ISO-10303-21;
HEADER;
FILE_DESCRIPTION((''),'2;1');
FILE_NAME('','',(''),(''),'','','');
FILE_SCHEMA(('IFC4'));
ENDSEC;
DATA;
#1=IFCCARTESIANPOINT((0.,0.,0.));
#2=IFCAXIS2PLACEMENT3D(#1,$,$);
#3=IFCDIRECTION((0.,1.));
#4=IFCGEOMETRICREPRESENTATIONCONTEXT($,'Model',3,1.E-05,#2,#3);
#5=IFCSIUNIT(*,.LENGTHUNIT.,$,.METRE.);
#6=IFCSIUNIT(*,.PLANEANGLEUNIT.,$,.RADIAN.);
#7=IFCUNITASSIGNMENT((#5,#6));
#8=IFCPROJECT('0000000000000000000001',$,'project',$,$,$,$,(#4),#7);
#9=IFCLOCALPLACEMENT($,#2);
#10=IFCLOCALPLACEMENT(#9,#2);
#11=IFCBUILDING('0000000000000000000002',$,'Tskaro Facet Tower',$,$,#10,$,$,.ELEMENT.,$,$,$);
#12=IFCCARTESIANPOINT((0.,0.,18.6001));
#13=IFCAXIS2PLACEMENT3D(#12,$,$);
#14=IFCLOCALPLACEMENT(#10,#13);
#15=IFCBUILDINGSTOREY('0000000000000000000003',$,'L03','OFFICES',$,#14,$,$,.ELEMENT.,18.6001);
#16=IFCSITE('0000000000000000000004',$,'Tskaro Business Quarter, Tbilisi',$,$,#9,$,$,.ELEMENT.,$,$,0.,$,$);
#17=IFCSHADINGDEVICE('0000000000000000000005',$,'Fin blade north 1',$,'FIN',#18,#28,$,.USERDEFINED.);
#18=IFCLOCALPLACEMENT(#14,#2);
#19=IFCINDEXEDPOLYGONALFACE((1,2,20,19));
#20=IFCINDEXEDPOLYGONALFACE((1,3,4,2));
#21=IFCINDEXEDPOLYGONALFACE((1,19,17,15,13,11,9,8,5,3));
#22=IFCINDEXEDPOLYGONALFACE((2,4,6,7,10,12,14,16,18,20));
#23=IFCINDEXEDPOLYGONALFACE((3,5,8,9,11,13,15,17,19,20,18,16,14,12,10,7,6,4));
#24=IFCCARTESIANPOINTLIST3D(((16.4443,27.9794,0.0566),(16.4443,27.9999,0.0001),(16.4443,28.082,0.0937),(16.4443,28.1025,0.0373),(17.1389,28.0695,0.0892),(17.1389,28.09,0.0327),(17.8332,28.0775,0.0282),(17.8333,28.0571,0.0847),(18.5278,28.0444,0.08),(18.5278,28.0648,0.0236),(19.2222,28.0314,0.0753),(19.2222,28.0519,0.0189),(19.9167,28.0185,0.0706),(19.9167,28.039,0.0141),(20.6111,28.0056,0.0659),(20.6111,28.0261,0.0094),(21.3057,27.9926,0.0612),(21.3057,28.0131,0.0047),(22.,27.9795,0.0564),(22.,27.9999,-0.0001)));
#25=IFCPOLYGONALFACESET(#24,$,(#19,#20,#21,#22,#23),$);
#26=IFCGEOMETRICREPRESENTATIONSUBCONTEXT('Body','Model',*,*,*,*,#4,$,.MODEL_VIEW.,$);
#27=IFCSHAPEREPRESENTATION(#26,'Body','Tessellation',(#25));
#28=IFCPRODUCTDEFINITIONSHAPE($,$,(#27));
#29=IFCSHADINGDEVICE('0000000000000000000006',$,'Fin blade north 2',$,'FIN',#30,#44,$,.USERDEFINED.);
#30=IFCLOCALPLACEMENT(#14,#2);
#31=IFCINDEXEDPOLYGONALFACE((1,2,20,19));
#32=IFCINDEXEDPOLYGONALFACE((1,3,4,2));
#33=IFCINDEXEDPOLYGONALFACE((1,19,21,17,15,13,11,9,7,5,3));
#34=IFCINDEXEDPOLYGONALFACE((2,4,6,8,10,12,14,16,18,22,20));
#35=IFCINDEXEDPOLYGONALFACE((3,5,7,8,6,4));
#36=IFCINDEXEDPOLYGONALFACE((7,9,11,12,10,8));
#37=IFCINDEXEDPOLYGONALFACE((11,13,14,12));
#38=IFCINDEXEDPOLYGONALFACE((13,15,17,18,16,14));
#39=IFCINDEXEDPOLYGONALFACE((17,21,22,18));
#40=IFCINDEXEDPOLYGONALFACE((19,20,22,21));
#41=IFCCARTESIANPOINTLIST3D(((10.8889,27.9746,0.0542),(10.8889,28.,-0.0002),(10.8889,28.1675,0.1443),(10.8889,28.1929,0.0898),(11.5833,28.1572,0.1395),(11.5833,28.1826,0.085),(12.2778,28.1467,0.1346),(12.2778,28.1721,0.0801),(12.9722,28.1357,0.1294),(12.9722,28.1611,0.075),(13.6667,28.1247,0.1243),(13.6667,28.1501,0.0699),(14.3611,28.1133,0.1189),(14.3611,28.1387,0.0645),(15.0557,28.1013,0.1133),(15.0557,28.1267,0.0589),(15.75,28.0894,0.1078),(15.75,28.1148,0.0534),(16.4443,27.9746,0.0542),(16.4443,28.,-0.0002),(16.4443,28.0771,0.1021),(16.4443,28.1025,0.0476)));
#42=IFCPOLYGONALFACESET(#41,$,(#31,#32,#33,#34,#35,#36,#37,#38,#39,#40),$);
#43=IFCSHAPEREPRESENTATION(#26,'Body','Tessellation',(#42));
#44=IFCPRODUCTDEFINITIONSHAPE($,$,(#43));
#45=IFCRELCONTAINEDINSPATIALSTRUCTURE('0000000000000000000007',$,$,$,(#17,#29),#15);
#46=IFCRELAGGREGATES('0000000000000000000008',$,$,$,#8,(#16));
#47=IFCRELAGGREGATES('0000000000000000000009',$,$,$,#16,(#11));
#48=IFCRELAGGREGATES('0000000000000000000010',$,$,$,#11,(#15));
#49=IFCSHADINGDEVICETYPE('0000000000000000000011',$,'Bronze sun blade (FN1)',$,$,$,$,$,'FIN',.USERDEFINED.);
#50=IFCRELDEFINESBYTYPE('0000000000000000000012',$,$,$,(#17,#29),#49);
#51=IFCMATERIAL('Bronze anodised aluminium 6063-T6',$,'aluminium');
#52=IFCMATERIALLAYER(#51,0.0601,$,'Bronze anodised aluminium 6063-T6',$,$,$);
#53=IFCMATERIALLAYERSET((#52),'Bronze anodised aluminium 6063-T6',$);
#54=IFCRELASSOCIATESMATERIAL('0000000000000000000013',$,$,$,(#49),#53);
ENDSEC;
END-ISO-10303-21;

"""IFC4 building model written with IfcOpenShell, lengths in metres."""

from ifc_helpers import new_model, si_unit, direction, frame, origin, place, context, subcontext, project, spatial, polyline, outline, extrude, material, layer, layer_set, type_object, element, save


model = new_model("IFC4")

# Units and contexts
model_context = context("Model", 3, precision=1e-05, world=origin(), true_north=direction((0.0, 1.0)))
body_context = subcontext(model_context, "Body", "Model", "MODEL_VIEW")
ifc_project = project(units=[si_unit("LENGTHUNIT", "METRE"), si_unit("PLANEANGLEUNIT", "RADIAN")], contexts=[model_context])

# Site, building, storey
site_placement = place(None, origin())
site = spatial("IfcSite", under=ifc_project, at=site_placement, Name="Tskaro Business Quarter, Tbilisi", CompositionType="ELEMENT", RefElevation=0.0)
building_placement = place(site_placement, origin())
building = spatial("IfcBuilding", under=site, at=building_placement, Name="Tskaro Facet Tower", CompositionType="ELEMENT")
storey_placement = place(building_placement, frame((0.0, 0.0, 18.6001)))
storey = spatial("IfcBuildingStorey", under=building, at=storey_placement, Name="L03", Description="OFFICES", CompositionType="ELEMENT", Elevation=18.6001)

# Shared definitions
ifc_material_1 = material(Name="Bronze anodised aluminium 6063-T6", Category="aluminium")

# Shading devices
ifc_layer_1 = layer(ifc_material_1, 0.0601, Name="Bronze anodised aluminium 6063-T6")
ifc_layer_set_1 = layer_set([ifc_layer_1], Name="Bronze anodised aluminium 6063-T6")
shading_device_type = type_object("IfcShadingDeviceType", Name="Bronze sun blade (FN1)", ElementType="FIN", PredefinedType="USERDEFINED", material=ifc_layer_set_1)
shading_device_1_placement = place(storey_placement, frame((22.0, 27.9795, 0.0564), z_axis=(0.000038, -0.340475, 0.940254), x_axis=(-1.0, -0.000013, 0.000035)))
element("IfcShadingDevice", 1, at=shading_device_1_placement, inside=storey, type_object=shading_device_type, Name="Fin blade north 1", ObjectType="FIN", PredefinedType="USERDEFINED", context=body_context, shape_type="SweptSolid", body=[
    extrude(outline(polyline([(0.0, 0.0), (5.5557, 0.0), (5.5557, -0.1091), (4.8611, -0.0958), (4.1667, -0.0826), (3.4722, -0.069), (2.7778, -0.0553), (2.0833, -0.0415), (1.3889, -0.0278), (0.6943, -0.014), (0.0, 0.0)])), origin(), (0.0, 0.0, -1.0), 0.0601),
])
shading_device_2_placement = place(storey_placement, frame((16.4443, 27.9746, 0.0542), z_axis=(0.000007, -0.422962, 0.906148), x_axis=(-1.0, -0.000003, 0.000006)))
element("IfcShadingDevice", 2, at=shading_device_2_placement, inside=storey, type_object=shading_device_type, Name="Fin blade north 2", ObjectType="FIN", PredefinedType="USERDEFINED", context=body_context, shape_type="SweptSolid", body=[
    extrude(outline(polyline([(0.0, 0.0), (5.5554, 0.0), (5.5554, -0.2129), (4.8611, -0.2015), (4.1665, -0.1899), (3.4722, -0.1778), (2.7776, -0.1657), (2.0833, -0.153), (1.3887, -0.1398), (0.6943, -0.1267), (0.0, -0.1132), (0.0, 0.0)])), origin(), (0.0, 0.0, -1.0), 0.0601),
])

save(model, "model.ifc")
